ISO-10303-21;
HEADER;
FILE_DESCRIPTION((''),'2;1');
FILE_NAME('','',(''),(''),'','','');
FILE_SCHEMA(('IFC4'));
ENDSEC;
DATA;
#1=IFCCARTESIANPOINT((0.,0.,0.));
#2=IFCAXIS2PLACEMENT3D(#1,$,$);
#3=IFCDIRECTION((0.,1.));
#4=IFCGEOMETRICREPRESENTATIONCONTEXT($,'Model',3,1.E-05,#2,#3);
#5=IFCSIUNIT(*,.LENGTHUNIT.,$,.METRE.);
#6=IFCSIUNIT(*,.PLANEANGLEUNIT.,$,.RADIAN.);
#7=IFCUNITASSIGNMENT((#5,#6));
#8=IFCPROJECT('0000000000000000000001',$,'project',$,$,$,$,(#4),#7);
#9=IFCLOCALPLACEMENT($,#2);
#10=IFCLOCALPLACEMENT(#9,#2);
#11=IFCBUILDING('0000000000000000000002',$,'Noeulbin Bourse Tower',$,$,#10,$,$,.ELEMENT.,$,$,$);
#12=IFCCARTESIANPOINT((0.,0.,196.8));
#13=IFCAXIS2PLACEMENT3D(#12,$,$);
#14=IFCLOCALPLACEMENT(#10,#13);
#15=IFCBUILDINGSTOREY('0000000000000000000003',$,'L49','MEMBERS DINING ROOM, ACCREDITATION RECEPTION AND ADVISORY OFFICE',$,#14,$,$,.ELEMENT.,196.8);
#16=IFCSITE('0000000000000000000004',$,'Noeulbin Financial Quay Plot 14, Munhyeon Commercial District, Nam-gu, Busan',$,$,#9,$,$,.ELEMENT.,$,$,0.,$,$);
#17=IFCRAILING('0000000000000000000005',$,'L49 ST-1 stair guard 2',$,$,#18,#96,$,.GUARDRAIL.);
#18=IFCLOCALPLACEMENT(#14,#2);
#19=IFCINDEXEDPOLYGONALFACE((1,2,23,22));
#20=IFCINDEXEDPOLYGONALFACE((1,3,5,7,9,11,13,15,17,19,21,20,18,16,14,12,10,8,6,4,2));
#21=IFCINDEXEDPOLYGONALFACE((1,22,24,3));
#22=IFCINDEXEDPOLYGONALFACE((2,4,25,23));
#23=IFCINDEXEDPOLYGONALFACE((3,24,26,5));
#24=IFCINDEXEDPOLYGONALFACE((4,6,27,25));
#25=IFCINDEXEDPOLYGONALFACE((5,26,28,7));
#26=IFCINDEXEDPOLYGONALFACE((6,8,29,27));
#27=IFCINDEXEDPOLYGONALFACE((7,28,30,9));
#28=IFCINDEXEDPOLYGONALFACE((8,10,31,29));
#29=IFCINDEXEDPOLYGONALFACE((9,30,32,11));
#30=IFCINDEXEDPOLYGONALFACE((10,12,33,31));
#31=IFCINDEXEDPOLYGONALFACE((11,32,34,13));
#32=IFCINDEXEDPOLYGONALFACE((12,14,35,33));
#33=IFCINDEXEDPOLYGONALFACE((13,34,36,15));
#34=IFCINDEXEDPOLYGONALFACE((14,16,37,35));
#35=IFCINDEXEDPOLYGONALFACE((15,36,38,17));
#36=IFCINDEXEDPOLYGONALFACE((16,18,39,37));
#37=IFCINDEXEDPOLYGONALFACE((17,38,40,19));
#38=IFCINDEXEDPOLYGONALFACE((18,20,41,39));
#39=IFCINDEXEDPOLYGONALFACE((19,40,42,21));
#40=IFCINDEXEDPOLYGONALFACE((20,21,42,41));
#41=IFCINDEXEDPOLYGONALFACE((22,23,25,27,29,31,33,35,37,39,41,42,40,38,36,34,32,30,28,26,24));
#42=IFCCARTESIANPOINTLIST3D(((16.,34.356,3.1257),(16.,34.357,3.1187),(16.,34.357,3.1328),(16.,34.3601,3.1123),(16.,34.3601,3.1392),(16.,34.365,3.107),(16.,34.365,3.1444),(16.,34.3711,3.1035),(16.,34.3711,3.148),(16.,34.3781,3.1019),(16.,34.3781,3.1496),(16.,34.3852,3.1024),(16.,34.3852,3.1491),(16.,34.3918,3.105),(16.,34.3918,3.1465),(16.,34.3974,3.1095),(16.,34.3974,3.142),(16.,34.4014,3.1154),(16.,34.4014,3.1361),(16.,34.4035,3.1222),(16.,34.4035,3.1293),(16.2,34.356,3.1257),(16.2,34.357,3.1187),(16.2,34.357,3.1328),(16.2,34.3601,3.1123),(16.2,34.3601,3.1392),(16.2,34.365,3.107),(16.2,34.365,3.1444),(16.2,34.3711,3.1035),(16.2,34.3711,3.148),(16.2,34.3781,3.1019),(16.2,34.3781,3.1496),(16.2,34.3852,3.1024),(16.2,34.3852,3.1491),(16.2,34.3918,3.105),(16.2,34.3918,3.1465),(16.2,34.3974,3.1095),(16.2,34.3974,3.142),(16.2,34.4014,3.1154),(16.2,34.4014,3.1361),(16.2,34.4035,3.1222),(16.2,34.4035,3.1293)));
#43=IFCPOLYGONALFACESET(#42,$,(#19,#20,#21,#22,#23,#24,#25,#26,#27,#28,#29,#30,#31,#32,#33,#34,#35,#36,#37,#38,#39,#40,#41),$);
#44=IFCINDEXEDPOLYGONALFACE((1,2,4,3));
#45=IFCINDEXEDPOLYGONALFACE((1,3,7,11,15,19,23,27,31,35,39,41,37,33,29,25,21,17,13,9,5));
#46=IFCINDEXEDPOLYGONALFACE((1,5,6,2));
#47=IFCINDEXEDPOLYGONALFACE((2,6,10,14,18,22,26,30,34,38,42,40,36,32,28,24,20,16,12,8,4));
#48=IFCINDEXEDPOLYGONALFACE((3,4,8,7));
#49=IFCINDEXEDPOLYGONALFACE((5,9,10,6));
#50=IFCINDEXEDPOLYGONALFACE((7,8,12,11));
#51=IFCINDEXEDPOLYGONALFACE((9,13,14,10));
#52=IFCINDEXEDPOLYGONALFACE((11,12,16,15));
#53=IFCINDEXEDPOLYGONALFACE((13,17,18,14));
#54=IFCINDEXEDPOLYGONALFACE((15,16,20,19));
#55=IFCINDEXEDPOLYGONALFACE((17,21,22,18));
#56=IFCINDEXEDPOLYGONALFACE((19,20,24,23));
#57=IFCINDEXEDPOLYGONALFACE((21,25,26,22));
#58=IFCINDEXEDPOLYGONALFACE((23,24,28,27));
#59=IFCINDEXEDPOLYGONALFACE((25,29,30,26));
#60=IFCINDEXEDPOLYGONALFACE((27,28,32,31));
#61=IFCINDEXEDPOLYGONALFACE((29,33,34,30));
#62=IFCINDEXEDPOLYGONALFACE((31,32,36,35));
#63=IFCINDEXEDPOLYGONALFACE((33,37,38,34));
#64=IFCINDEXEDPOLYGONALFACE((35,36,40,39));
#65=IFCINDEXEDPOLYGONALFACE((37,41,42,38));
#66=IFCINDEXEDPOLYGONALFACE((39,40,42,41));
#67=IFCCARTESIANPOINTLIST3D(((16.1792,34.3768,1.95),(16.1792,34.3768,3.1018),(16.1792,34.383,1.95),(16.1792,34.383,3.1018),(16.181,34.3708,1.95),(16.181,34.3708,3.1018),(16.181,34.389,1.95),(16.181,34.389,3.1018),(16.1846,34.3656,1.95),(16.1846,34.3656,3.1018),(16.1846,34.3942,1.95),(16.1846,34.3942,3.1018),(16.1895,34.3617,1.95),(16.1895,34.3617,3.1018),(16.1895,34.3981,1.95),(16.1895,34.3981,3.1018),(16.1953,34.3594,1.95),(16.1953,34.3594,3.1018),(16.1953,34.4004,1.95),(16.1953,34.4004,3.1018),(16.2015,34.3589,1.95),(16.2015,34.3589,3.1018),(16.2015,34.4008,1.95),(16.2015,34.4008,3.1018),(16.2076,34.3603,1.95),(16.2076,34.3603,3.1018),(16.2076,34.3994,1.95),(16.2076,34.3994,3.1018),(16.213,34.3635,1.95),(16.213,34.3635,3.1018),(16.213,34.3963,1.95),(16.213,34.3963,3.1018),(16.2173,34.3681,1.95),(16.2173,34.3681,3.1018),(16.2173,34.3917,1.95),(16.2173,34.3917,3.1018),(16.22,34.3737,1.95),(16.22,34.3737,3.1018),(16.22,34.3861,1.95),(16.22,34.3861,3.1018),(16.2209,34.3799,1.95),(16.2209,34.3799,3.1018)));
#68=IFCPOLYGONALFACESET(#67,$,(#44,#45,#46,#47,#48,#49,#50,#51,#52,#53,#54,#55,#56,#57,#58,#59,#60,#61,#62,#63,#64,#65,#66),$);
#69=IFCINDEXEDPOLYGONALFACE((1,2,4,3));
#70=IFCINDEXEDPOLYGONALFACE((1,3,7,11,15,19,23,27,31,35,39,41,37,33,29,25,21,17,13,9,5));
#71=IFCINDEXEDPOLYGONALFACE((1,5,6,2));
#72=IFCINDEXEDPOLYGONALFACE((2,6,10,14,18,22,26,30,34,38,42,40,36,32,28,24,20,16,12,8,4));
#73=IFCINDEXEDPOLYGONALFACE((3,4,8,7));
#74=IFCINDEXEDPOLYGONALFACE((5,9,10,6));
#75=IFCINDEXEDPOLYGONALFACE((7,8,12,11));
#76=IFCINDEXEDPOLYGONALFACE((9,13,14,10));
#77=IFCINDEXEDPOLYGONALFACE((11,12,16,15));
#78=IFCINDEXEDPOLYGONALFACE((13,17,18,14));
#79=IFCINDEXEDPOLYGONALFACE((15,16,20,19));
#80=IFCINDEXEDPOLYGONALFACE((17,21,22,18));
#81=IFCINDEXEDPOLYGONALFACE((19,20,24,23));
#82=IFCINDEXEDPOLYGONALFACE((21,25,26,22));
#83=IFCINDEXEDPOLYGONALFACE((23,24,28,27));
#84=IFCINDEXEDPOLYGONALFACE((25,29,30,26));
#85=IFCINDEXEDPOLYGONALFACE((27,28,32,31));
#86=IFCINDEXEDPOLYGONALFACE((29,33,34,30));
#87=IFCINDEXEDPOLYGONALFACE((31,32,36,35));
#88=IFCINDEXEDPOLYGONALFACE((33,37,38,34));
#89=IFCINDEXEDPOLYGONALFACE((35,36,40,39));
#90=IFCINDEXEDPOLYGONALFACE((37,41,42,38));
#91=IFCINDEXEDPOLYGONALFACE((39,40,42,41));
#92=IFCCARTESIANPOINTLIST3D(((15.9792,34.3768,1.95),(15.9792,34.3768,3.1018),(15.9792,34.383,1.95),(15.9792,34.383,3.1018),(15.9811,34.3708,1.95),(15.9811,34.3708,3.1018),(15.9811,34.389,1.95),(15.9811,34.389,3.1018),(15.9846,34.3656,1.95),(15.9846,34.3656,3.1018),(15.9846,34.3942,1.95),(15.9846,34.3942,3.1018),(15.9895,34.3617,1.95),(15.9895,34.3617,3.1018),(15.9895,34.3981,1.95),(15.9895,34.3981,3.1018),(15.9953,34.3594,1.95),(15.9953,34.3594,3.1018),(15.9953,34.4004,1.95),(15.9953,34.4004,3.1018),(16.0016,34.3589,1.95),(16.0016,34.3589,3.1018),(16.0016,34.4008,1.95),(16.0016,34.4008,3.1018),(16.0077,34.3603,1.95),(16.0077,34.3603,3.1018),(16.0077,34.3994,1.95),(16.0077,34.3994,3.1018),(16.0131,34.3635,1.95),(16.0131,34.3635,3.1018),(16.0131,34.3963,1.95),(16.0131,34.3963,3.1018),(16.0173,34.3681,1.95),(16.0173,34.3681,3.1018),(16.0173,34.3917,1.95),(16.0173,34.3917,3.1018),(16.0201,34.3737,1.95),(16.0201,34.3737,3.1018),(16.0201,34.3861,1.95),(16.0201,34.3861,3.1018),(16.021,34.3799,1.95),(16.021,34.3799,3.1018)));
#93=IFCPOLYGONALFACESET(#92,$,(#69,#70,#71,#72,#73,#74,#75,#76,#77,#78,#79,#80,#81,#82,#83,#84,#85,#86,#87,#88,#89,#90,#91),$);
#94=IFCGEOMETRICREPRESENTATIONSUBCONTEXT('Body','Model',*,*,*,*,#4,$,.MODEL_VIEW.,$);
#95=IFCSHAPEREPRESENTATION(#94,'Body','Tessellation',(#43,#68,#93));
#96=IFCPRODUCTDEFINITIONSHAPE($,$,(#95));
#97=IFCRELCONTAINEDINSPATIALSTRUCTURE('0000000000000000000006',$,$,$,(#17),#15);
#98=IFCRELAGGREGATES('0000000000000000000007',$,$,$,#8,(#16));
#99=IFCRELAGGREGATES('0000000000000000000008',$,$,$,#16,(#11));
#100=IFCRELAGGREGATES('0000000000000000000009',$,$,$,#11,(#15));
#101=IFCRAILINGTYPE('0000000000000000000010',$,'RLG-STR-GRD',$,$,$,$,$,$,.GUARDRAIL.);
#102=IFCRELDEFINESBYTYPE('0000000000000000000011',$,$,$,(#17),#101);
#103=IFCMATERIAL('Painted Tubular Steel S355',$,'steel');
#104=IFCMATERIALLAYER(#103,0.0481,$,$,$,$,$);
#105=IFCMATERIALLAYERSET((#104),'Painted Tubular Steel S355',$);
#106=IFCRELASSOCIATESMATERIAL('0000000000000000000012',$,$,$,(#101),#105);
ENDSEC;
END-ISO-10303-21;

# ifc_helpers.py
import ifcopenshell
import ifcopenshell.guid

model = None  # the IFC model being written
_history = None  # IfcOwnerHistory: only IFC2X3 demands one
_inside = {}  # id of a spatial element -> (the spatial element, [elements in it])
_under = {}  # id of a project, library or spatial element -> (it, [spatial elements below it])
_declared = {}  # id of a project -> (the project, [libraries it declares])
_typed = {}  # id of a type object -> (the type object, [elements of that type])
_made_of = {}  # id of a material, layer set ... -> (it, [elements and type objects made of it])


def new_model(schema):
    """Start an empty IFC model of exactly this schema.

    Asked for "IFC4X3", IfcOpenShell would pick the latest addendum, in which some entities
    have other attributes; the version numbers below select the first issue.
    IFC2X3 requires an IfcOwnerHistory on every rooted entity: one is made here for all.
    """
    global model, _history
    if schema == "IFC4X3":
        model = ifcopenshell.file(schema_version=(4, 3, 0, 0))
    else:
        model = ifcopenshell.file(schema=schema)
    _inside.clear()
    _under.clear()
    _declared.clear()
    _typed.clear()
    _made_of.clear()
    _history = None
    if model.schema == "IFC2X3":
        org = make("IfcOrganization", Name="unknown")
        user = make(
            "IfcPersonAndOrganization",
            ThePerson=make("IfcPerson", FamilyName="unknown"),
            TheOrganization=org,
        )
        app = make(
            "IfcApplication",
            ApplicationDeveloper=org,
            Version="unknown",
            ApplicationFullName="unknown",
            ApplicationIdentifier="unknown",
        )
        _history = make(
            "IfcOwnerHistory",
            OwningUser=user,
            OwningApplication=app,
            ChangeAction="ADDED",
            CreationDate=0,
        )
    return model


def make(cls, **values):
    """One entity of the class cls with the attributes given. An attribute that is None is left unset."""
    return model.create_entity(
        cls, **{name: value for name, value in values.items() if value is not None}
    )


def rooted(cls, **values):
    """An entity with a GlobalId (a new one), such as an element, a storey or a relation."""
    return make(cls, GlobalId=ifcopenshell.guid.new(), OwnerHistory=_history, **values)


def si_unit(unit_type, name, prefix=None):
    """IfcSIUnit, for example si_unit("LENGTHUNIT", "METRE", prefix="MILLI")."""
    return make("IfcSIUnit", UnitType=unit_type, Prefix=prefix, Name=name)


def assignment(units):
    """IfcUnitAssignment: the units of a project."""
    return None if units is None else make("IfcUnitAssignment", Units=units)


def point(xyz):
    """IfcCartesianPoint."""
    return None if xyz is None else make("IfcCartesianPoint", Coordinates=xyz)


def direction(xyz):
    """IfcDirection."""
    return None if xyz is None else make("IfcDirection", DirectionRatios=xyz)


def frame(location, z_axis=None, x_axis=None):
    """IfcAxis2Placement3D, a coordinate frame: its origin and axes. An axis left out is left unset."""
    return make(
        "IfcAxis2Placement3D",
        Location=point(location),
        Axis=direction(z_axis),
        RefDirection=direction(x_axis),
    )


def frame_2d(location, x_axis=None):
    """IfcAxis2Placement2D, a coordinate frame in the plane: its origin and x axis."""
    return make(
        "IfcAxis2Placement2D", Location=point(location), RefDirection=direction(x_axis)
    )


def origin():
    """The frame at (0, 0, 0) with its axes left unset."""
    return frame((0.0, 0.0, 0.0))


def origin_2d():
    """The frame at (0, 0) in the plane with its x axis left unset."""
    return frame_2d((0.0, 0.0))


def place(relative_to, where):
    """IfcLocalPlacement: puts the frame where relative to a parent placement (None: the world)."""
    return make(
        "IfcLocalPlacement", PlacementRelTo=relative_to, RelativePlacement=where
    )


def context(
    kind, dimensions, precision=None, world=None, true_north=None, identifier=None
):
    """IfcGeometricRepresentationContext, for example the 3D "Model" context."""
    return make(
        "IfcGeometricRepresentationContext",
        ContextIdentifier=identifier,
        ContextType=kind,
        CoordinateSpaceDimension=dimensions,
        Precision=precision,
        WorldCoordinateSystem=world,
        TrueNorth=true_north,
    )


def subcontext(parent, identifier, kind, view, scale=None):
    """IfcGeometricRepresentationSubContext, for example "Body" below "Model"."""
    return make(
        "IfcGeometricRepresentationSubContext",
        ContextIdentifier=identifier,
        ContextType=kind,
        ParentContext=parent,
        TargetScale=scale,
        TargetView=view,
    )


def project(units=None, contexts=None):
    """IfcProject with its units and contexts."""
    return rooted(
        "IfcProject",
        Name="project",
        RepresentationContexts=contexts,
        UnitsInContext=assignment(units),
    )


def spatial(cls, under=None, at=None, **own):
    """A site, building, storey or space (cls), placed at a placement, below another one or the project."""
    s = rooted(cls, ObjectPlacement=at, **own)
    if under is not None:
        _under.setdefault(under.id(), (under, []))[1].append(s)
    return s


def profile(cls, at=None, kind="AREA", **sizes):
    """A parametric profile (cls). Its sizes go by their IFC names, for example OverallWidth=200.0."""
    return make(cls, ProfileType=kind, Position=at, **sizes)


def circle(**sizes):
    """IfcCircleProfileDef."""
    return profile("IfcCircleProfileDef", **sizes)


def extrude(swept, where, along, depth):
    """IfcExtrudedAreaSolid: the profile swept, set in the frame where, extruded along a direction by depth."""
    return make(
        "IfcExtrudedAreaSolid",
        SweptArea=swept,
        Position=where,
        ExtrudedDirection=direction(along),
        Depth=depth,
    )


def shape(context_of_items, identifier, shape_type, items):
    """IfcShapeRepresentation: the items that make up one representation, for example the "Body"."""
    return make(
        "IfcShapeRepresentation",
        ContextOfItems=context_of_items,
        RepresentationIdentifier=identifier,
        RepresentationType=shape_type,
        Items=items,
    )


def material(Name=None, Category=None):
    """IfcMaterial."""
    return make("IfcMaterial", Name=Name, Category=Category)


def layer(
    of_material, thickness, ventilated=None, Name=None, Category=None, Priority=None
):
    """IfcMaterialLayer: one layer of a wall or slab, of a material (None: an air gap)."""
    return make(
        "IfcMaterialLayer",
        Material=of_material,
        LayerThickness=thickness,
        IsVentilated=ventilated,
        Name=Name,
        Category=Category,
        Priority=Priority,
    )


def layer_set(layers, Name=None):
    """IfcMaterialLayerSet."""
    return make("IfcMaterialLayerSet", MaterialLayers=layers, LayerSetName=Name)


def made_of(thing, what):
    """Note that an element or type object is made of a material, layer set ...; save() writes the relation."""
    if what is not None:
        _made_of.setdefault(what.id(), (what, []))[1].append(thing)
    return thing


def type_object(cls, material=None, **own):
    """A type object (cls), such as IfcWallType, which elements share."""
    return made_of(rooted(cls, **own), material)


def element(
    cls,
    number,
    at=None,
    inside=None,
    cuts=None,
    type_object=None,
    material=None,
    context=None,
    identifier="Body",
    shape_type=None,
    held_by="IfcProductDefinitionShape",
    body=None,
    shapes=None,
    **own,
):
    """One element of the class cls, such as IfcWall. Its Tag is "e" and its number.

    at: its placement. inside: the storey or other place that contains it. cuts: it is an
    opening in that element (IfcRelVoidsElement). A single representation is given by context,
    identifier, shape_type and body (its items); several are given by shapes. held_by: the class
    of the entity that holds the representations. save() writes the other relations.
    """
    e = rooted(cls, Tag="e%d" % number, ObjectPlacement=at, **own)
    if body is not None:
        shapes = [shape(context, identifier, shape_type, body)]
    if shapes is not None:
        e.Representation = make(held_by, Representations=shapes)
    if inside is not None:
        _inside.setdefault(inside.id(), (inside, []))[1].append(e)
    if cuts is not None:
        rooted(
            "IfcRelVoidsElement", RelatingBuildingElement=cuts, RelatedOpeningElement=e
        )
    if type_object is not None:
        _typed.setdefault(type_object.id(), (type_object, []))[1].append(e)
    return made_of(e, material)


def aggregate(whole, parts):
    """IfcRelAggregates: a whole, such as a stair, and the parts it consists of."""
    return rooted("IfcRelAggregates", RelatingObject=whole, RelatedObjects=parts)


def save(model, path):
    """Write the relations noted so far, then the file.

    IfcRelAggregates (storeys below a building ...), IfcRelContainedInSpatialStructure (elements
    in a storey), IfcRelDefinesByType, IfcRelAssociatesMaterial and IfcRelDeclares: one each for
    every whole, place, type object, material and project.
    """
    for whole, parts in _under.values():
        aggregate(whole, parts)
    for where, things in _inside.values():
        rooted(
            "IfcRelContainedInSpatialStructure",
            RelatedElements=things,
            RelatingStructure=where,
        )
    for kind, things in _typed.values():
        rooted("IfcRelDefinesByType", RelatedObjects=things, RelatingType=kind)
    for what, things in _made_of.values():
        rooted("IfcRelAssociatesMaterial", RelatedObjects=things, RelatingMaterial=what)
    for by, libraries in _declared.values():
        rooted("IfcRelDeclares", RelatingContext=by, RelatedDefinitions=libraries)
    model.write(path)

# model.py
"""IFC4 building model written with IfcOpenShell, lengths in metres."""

from ifc_helpers import new_model, si_unit, direction, frame, origin, origin_2d, place, context, subcontext, project, spatial, circle, extrude, material, layer, layer_set, type_object, element, save


model = new_model("IFC4")

# Units and contexts
model_context = context("Model", 3, precision=1e-05, world=origin(), true_north=direction((0.0, 1.0)))
body_context = subcontext(model_context, "Body", "Model", "MODEL_VIEW")
ifc_project = project(units=[si_unit("LENGTHUNIT", "METRE"), si_unit("PLANEANGLEUNIT", "RADIAN")], contexts=[model_context])

# Site, building, storey
site_placement = place(None, origin())
site = spatial("IfcSite", under=ifc_project, at=site_placement, Name="Noeulbin Financial Quay Plot 14, Munhyeon Commercial District, Nam-gu, Busan", CompositionType="ELEMENT", RefElevation=0.0)
building_placement = place(site_placement, origin())
building = spatial("IfcBuilding", under=site, at=building_placement, Name="Noeulbin Bourse Tower", CompositionType="ELEMENT")
storey_placement = place(building_placement, frame((0.0, 0.0, 196.8)))
storey = spatial("IfcBuildingStorey", under=building, at=storey_placement, Name="L49", Description="MEMBERS DINING ROOM, ACCREDITATION RECEPTION AND ADVISORY OFFICE", CompositionType="ELEMENT", Elevation=196.8)

# Railing
ifc_material_1 = material(Name="Painted Tubular Steel S355", Category="steel")
ifc_layer_1 = layer(ifc_material_1, 0.0481)
ifc_layer_set_1 = layer_set([ifc_layer_1], Name="Painted Tubular Steel S355")
railing_type_1 = type_object("IfcRailingType", Name="RLG-STR-GRD", PredefinedType="GUARDRAIL", material=ifc_layer_set_1)
railing_1_placement = place(storey_placement, frame((16.2, 34.3799, 1.95)))
element("IfcRailing", 1, at=railing_1_placement, inside=storey, type_object=railing_type_1, Name="L49 ST-1 stair guard 2", PredefinedType="GUARDRAIL", context=body_context, shape_type="SweptSolid", body=[
    extrude(circle(Radius=0.0239, at=origin_2d()), frame((0.0, 0.0, 1.1758), z_axis=(-1.0, 0.0, 0.0), x_axis=(0.0, -1.0, 0.0)), (0.0, 0.0, 1.0), 0.2),
    extrude(circle(Radius=0.021, at=origin_2d()), origin(), (0.0, 0.0, 1.0), 1.1519),
    extrude(circle(Radius=0.021, at=origin_2d()), frame((-0.2, 0.0, 0.0)), (0.0, 0.0, 1.0), 1.1519),
])

save(model, "model.ifc")
